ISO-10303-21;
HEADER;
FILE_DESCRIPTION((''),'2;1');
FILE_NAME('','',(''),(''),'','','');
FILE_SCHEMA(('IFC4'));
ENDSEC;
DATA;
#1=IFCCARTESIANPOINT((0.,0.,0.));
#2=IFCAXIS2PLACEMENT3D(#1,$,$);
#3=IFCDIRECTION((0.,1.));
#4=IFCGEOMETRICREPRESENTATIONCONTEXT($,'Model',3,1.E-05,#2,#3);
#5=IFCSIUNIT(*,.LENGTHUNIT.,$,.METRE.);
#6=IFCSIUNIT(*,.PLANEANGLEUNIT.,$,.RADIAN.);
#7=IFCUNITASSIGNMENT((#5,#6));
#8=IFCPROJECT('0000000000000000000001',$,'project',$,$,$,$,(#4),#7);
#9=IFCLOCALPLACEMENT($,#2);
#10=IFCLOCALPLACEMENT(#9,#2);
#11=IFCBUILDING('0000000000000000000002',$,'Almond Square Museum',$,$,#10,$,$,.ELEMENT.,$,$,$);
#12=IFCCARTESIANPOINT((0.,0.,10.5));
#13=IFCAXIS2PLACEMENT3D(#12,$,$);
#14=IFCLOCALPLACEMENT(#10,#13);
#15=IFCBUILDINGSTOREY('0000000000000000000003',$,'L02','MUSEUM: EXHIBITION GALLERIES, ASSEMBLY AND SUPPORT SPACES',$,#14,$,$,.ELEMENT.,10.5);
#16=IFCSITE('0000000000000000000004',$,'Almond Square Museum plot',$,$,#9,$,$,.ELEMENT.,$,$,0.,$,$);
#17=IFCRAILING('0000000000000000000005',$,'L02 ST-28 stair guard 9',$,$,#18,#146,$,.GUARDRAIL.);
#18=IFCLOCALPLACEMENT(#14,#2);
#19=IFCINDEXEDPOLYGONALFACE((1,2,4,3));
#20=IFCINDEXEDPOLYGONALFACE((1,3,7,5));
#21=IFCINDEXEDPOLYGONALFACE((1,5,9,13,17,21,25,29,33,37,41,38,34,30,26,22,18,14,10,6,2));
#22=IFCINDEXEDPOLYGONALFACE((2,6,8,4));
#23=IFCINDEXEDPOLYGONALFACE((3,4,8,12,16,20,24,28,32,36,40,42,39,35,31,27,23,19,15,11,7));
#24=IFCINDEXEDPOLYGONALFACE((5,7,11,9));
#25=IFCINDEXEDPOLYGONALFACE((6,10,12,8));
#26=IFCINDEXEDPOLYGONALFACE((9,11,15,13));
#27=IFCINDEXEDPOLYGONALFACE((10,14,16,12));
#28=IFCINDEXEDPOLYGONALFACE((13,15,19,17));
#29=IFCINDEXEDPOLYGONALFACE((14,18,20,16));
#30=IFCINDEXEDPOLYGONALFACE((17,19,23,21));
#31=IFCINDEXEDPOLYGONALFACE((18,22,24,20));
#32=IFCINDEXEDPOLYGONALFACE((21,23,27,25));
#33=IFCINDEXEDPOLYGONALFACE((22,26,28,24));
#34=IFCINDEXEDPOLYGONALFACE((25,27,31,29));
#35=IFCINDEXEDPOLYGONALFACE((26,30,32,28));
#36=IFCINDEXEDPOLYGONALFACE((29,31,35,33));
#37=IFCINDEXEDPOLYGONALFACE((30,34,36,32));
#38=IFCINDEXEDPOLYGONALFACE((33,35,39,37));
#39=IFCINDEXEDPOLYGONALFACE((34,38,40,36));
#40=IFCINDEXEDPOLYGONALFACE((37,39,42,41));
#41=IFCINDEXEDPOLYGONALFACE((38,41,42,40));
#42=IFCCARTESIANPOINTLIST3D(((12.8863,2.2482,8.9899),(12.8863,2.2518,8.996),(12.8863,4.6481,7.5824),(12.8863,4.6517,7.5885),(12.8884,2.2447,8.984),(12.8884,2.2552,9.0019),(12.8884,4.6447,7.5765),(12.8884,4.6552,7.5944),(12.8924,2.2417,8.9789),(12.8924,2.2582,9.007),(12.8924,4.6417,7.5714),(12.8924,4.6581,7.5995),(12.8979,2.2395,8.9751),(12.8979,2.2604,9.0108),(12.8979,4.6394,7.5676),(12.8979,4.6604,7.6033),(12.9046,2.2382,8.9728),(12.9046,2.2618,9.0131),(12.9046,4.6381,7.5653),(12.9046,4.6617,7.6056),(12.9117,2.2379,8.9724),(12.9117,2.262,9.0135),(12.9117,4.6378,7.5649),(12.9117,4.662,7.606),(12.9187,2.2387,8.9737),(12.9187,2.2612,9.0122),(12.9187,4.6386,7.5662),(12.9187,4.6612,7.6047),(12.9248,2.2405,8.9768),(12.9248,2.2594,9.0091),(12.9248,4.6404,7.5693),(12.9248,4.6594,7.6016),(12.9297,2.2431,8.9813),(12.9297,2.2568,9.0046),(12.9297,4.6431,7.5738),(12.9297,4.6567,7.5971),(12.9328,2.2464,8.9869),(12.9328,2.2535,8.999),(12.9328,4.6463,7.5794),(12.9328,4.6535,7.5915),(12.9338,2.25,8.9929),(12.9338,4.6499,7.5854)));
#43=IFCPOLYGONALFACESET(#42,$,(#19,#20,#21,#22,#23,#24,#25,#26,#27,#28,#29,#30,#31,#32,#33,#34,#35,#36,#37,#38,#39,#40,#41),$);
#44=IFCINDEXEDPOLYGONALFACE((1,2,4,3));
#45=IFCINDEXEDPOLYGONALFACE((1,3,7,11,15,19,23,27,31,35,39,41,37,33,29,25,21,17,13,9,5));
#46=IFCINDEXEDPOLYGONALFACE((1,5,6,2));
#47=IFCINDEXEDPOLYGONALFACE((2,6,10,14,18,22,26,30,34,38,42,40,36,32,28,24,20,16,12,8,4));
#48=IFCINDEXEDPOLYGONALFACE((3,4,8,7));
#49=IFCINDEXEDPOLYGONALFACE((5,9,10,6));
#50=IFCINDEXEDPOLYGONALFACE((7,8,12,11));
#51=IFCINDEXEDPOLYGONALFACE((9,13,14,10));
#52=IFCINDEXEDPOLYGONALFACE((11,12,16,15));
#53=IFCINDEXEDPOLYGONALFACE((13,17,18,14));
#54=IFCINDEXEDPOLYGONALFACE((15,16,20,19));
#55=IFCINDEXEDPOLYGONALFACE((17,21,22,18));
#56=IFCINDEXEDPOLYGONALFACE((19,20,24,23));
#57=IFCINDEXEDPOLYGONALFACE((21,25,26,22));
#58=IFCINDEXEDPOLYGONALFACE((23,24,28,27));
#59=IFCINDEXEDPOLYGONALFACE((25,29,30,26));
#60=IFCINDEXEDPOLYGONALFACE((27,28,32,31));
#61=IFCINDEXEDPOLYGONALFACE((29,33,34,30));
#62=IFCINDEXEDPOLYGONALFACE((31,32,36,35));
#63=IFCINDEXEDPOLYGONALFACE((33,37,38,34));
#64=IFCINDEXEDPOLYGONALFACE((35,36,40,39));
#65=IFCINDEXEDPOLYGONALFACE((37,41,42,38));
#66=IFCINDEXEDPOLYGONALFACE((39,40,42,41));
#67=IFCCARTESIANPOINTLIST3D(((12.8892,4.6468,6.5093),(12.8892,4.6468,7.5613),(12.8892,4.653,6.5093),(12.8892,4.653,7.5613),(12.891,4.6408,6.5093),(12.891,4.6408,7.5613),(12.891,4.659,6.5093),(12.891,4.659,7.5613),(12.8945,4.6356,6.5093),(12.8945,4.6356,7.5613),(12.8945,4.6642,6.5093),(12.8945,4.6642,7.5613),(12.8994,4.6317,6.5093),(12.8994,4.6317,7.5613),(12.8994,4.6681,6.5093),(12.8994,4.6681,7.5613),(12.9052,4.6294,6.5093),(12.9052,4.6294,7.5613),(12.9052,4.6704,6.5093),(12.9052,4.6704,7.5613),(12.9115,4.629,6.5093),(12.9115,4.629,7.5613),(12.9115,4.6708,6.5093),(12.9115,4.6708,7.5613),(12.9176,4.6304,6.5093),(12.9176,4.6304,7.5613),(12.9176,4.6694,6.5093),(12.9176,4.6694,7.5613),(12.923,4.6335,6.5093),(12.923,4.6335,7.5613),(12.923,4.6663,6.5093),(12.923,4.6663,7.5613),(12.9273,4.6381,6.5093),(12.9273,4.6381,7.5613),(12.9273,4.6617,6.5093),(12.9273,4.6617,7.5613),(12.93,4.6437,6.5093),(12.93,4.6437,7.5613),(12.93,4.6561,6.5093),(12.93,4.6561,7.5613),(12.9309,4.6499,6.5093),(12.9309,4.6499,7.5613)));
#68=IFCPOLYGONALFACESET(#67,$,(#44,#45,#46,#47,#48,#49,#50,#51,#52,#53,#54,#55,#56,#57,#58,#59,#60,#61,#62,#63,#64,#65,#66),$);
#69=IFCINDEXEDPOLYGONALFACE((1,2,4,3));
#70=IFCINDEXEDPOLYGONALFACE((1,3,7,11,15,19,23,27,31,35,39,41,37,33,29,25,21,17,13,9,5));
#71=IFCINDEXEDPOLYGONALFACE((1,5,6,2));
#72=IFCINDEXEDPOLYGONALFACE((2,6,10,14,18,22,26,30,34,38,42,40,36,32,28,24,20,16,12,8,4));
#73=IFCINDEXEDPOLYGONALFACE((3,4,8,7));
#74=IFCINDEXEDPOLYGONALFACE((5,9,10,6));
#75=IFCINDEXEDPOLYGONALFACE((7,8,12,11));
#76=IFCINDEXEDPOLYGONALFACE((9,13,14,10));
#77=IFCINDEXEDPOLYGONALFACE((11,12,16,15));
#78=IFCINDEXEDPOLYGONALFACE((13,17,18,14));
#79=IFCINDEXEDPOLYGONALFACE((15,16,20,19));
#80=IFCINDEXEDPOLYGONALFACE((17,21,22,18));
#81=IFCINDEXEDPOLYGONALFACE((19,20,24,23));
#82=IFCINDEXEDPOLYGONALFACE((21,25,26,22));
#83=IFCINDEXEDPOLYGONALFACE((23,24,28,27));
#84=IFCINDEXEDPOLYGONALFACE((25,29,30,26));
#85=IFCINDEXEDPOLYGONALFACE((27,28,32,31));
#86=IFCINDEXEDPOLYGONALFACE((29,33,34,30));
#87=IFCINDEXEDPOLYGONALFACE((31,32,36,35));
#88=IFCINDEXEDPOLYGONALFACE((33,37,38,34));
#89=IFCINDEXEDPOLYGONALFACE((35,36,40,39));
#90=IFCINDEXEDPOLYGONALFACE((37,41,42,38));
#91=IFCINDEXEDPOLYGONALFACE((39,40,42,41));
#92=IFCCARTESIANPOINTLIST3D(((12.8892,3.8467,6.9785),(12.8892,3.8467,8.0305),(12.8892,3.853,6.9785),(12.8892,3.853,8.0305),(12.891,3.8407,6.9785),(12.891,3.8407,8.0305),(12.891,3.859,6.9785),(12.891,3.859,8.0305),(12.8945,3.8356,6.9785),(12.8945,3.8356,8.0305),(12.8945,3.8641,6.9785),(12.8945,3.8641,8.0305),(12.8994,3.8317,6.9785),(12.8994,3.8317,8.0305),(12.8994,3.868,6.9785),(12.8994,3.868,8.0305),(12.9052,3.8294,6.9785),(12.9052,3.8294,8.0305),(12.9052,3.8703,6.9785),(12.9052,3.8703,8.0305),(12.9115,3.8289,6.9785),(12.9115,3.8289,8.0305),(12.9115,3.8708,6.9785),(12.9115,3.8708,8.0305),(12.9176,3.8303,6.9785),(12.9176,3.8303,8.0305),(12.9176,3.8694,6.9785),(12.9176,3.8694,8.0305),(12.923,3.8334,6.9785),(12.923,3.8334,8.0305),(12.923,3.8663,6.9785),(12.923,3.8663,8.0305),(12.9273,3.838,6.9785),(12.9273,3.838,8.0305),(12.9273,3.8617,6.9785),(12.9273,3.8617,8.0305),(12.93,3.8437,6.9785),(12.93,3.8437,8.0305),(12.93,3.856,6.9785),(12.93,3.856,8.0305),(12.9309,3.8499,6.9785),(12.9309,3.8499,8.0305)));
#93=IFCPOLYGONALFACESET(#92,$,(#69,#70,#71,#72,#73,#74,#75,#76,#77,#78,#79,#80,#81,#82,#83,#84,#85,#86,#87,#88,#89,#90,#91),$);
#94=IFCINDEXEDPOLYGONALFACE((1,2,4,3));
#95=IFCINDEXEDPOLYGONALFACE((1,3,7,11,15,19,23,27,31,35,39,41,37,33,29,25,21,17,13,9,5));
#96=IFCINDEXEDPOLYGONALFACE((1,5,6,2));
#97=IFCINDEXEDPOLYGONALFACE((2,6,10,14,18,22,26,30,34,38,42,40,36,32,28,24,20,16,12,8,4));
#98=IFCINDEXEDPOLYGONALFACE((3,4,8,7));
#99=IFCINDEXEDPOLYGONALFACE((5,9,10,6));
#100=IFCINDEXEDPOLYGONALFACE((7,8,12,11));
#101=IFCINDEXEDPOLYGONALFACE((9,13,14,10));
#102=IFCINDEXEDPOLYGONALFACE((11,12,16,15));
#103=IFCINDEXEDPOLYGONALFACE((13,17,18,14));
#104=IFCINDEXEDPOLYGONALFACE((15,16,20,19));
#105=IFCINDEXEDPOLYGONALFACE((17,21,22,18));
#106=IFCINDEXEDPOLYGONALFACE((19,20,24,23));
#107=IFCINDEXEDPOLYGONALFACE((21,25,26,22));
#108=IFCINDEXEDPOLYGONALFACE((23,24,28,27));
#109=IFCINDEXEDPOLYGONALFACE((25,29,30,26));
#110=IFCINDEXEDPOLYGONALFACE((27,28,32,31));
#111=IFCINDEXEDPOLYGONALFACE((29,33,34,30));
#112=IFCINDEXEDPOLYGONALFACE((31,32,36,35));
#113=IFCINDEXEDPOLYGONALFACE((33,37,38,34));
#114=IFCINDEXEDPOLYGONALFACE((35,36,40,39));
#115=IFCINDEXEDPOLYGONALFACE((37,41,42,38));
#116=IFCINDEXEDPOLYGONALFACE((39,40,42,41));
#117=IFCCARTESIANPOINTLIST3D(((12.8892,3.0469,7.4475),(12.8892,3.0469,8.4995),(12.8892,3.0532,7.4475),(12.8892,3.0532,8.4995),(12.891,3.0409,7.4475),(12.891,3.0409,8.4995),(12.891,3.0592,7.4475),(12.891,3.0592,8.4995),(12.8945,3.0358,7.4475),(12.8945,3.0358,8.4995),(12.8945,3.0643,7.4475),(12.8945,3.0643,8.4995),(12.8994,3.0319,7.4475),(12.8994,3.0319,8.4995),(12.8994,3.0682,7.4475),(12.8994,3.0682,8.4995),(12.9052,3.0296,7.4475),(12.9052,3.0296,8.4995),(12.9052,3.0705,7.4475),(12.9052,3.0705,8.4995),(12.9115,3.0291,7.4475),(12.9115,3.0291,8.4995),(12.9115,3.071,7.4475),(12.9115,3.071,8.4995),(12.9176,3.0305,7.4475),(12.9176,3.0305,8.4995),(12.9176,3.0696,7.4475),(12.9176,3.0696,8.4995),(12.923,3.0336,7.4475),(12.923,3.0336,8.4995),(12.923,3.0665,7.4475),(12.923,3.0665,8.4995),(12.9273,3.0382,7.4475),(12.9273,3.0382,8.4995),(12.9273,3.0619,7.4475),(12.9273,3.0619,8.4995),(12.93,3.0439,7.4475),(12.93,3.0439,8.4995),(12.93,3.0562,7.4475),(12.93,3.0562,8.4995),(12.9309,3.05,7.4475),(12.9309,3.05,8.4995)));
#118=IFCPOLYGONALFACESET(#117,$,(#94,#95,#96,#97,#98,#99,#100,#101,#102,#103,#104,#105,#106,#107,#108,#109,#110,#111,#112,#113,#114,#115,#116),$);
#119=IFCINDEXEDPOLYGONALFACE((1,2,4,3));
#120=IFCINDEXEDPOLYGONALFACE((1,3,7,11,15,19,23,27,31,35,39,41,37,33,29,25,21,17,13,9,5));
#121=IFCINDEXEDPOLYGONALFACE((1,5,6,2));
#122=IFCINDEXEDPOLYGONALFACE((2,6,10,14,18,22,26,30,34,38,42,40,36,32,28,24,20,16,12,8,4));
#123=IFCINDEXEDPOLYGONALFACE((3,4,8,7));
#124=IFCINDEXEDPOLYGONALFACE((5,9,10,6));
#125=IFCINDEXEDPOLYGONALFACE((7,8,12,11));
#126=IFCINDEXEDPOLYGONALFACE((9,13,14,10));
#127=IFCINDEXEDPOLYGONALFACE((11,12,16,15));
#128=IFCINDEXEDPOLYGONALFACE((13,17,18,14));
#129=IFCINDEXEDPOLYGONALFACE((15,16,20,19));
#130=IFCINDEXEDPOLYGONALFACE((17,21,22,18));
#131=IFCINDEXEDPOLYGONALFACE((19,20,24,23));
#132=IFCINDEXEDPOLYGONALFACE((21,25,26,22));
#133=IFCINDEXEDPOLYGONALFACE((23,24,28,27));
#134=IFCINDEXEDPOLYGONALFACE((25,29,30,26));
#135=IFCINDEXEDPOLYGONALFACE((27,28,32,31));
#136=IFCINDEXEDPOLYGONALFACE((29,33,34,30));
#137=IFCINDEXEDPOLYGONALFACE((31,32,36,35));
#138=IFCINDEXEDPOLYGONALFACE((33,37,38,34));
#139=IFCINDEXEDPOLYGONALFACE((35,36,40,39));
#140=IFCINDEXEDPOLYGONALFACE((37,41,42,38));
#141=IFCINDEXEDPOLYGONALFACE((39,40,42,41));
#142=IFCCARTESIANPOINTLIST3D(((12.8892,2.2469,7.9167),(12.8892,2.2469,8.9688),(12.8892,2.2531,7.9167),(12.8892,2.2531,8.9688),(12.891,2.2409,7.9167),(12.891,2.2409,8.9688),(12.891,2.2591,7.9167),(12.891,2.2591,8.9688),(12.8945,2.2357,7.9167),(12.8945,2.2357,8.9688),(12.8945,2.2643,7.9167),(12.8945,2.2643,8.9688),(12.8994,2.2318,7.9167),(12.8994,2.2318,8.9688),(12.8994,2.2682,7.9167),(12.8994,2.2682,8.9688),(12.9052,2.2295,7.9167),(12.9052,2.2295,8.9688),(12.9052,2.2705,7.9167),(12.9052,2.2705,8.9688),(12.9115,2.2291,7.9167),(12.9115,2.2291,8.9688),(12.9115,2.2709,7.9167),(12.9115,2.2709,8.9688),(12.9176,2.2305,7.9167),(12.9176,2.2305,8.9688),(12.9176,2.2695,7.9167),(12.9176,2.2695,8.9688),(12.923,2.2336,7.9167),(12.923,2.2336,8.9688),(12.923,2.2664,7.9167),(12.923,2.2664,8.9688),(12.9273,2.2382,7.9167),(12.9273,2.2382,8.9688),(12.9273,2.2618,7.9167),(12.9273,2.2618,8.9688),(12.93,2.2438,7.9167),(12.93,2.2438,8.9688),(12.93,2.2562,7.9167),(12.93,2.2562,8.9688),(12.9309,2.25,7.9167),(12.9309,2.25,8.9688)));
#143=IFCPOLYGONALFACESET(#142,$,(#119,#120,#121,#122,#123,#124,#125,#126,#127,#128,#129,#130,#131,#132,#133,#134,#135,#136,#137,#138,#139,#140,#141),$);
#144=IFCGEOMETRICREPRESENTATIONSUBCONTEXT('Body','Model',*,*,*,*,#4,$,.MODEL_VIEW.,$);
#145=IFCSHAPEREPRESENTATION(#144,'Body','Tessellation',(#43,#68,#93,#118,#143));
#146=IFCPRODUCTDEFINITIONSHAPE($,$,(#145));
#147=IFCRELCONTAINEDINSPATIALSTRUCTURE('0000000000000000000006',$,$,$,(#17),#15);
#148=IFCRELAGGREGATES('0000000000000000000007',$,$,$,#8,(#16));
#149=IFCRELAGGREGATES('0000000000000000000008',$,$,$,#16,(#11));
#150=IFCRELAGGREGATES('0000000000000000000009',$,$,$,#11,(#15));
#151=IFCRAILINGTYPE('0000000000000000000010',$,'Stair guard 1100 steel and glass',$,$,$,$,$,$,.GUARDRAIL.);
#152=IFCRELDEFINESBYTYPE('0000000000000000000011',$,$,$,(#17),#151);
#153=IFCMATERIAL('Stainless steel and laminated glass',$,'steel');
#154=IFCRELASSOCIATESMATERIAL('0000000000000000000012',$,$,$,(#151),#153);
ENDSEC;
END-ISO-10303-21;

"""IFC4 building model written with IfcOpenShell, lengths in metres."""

from ifc_helpers import new_model, si_unit, direction, frame, origin, origin_2d, place, context, subcontext, project, spatial, circle, extrude, material, type_object, element, save


model = new_model("IFC4")

# Units and contexts
model_context = context("Model", 3, precision=1e-05, world=origin(), true_north=direction((0.0, 1.0)))
body_context = subcontext(model_context, "Body", "Model", "MODEL_VIEW")
ifc_project = project(units=[si_unit("LENGTHUNIT", "METRE"), si_unit("PLANEANGLEUNIT", "RADIAN")], contexts=[model_context])

# Site, building, storey
site_placement = place(None, origin())
site = spatial("IfcSite", under=ifc_project, at=site_placement, Name="Almond Square Museum plot", CompositionType="ELEMENT", RefElevation=0.0)
building_placement = place(site_placement, origin())
building = spatial("IfcBuilding", under=site, at=building_placement, Name="Almond Square Museum", CompositionType="ELEMENT")
storey_placement = place(building_placement, frame((0.0, 0.0, 10.5)))
storey = spatial("IfcBuildingStorey", under=building, at=storey_placement, Name="L02", Description="MUSEUM: EXHIBITION GALLERIES, ASSEMBLY AND SUPPORT SPACES", CompositionType="ELEMENT", Elevation=10.5)

# Railing
ifc_material_1 = material(Name="Stainless steel and laminated glass", Category="steel")
railing_type_1 = type_object("IfcRailingType", Name="Stair guard 1100 steel and glass", PredefinedType="GUARDRAIL", material=ifc_material_1)
railing_1_placement = place(storey_placement, frame((12.9099, 4.6499, 6.5093)))
element("IfcRailing", 1, at=railing_1_placement, inside=storey, type_object=railing_type_1, Name="L02 ST-28 stair guard 9", PredefinedType="GUARDRAIL", context=body_context, shape_type="SweptSolid", body=[
    extrude(circle(Radius=0.0239, at=origin_2d()), frame((0.0, 0.0, 1.0762), z_axis=(0.0, -0.862599, 0.505888), x_axis=(1.0, 0.0, 0.0)), (0.0, 0.0, 1.0), 2.7822),
    extrude(circle(Radius=0.021, at=origin_2d()), origin(), (0.0, 0.0, 1.0), 1.052),
    extrude(circle(Radius=0.021, at=origin_2d()), frame((0.0, -0.8, 0.4692)), (0.0, 0.0, 1.0), 1.052),
    extrude(circle(Radius=0.021, at=origin_2d()), frame((0.0, -1.5999, 0.9382)), (0.0, 0.0, 1.0), 1.052),
    extrude(circle(Radius=0.021, at=origin_2d()), frame((0.0, -2.3999, 1.4075)), (0.0, 0.0, 1.0), 1.052),
])

save(model, "model.ifc")
